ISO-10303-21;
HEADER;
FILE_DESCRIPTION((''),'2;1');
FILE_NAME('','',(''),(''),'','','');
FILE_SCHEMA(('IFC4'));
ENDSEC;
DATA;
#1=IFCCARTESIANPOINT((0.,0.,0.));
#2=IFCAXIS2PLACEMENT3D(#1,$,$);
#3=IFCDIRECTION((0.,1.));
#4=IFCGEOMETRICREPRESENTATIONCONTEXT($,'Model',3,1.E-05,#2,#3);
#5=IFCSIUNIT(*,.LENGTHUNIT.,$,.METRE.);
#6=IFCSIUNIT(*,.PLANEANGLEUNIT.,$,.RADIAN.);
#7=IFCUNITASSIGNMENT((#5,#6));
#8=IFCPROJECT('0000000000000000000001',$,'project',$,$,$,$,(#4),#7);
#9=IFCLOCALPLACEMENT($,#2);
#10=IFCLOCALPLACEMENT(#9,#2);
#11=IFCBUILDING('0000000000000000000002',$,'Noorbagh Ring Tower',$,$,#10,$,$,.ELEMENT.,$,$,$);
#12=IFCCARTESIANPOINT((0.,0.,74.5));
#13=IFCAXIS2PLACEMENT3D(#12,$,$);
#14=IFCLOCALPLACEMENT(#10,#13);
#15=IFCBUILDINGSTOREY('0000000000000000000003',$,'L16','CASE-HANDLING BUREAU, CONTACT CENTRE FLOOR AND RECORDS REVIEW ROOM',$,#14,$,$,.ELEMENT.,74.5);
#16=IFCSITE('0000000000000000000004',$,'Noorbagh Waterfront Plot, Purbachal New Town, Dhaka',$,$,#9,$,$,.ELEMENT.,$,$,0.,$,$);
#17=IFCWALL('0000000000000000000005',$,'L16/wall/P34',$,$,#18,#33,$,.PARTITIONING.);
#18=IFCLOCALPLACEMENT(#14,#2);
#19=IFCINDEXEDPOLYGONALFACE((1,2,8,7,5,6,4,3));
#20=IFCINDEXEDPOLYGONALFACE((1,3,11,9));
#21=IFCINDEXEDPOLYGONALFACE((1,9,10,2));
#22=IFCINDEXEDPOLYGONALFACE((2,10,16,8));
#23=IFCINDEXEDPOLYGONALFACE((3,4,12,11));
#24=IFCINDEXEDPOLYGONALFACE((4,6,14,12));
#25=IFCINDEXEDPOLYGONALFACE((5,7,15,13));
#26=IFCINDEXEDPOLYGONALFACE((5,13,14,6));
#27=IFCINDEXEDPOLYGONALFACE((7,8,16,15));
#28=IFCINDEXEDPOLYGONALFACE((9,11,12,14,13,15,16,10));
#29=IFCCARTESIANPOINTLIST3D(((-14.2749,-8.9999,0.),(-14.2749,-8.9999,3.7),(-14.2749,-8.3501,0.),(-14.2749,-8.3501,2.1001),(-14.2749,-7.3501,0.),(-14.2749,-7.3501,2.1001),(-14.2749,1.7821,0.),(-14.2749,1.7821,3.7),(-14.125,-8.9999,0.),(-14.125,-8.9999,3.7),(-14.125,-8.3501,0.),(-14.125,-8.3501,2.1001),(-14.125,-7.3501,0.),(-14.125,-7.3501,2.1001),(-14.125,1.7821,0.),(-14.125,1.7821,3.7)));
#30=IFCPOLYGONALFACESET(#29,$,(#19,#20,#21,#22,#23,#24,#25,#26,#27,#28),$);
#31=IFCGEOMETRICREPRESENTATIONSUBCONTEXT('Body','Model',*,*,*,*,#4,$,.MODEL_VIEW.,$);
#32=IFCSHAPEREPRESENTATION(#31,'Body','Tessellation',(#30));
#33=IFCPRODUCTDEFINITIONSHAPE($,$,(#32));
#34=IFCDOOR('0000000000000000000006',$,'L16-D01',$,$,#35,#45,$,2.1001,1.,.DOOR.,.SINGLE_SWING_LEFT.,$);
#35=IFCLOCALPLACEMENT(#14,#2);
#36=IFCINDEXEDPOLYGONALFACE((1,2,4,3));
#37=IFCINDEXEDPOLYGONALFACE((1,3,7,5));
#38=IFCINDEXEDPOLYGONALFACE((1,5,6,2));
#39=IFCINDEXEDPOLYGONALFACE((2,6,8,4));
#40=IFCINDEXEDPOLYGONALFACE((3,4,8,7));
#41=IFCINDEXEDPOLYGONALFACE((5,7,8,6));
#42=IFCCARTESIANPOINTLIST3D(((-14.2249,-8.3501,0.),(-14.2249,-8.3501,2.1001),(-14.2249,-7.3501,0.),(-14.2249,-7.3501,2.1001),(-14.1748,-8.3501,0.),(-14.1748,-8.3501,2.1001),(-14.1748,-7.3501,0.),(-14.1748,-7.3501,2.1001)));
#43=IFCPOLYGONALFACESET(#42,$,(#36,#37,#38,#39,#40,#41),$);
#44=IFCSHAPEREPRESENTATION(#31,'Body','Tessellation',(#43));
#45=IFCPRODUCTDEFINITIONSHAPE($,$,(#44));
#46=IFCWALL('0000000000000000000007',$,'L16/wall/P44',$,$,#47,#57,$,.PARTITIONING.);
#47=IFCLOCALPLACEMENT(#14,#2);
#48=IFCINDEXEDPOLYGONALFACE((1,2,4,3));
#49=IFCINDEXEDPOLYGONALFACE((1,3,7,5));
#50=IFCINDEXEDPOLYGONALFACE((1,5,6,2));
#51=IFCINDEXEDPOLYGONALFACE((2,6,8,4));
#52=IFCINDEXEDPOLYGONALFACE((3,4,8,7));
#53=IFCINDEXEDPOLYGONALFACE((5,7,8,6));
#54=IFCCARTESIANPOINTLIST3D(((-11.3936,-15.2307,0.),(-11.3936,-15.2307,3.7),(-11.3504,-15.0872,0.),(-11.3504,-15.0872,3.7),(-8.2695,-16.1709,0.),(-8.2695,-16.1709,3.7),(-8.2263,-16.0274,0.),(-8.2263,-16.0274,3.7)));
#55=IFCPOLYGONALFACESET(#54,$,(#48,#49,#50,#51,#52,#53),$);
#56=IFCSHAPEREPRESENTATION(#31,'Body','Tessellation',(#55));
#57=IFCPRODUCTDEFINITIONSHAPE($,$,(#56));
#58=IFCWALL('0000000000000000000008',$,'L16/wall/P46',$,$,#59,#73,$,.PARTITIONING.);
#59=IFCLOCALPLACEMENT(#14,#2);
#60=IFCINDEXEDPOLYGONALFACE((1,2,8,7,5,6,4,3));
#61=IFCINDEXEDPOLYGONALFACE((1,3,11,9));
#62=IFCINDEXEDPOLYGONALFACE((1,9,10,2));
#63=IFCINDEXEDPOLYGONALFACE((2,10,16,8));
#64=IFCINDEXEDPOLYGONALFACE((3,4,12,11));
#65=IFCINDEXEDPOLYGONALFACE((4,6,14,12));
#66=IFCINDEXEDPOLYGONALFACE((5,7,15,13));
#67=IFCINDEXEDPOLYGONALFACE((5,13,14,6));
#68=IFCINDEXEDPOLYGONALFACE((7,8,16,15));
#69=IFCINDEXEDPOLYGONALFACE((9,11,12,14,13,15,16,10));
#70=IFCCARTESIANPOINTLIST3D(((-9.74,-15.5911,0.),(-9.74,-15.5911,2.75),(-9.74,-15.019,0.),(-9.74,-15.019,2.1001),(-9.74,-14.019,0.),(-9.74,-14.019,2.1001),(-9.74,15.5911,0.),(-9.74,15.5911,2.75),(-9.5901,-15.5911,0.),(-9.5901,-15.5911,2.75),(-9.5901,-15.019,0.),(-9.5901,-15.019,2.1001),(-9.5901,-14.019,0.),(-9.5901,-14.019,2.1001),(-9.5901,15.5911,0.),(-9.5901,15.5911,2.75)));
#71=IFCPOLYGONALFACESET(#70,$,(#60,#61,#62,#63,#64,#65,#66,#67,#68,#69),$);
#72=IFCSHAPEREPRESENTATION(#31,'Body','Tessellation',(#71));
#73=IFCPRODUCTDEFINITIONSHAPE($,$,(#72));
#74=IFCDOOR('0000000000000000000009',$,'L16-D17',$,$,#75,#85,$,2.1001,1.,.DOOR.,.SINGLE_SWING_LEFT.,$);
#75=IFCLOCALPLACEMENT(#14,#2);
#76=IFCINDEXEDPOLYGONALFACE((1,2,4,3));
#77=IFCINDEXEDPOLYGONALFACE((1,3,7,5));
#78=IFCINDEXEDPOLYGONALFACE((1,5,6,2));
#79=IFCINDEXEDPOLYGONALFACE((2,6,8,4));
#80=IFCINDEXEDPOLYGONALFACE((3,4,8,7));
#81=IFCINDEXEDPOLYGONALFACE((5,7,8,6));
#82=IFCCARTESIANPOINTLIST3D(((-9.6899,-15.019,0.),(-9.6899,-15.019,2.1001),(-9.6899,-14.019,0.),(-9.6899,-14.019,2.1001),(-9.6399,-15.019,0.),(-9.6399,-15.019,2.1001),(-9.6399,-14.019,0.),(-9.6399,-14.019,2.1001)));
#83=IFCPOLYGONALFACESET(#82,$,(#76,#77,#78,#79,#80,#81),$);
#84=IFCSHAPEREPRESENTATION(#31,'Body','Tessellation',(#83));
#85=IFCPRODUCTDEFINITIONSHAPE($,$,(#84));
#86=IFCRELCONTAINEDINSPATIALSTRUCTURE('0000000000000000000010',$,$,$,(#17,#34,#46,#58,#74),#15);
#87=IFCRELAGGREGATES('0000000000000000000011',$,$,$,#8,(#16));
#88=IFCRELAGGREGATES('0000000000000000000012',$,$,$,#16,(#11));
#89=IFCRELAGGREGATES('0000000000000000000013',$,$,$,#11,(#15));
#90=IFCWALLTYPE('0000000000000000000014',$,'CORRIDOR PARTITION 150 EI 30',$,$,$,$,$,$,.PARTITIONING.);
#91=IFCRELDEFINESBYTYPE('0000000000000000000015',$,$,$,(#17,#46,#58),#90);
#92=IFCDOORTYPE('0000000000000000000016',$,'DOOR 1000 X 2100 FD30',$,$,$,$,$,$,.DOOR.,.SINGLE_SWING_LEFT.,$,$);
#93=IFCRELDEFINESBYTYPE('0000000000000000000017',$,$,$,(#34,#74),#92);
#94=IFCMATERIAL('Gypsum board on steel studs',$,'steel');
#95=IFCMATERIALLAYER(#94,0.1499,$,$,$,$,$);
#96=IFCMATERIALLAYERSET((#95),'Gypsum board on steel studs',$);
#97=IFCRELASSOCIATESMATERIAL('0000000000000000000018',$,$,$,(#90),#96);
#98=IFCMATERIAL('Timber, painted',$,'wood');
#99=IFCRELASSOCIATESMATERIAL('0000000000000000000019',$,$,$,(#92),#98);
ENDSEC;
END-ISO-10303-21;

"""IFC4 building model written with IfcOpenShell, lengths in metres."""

from ifc_helpers import new_model, si_unit, direction, frame, frame_2d, origin, place, context, subcontext, project, spatial, rectangle, extrude, material, layer, layer_set, type_object, element, fill, save


model = new_model("IFC4")

# Units and contexts
model_context = context("Model", 3, precision=1e-05, world=origin(), true_north=direction((0.0, 1.0)))
body_context = subcontext(model_context, "Body", "Model", "MODEL_VIEW")
ifc_project = project(units=[si_unit("LENGTHUNIT", "METRE"), si_unit("PLANEANGLEUNIT", "RADIAN")], contexts=[model_context])

# Site, building, storey
site_placement = place(None, origin())
site = spatial("IfcSite", under=ifc_project, at=site_placement, Name="Noorbagh Waterfront Plot, Purbachal New Town, Dhaka", CompositionType="ELEMENT", RefElevation=0.0)
building_placement = place(site_placement, origin())
building = spatial("IfcBuilding", under=site, at=building_placement, Name="Noorbagh Ring Tower", CompositionType="ELEMENT")
storey_placement = place(building_placement, frame((0.0, 0.0, 74.5)))
storey = spatial("IfcBuildingStorey", under=building, at=storey_placement, Name="L16", Description="CASE-HANDLING BUREAU, CONTACT CENTRE FLOOR AND RECORDS REVIEW ROOM", CompositionType="ELEMENT", Elevation=74.5)

# Shared definitions
ifc_material_1 = material(Name="Gypsum board on steel studs", Category="steel")
ifc_layer_1 = layer(ifc_material_1, 0.1499)
ifc_layer_set_1 = layer_set([ifc_layer_1], Name="Gypsum board on steel studs")
wall_type_1 = type_object("IfcWallType", Name="CORRIDOR PARTITION 150 EI 30", PredefinedType="PARTITIONING", material=ifc_layer_set_1)

# Shared definitions
ifc_material_2 = material(Name="Timber, painted", Category="wood")
door_type_1 = type_object("IfcDoorType", Name="DOOR 1000 X 2100 FD30", OperationType="SINGLE_SWING_LEFT", PredefinedType="DOOR", material=ifc_material_2)

# Wall, opening, door
wall_1_placement = place(storey_placement, frame((-14.2, -9.0, 0.0), z_axis=(0.0, 0.0, 1.0), x_axis=(0.0, 1.0, 0.0)))
wall_1 = element("IfcWall", 1, at=wall_1_placement, inside=storey, type_object=wall_type_1, Name="L16/wall/P34", PredefinedType="PARTITIONING", context=body_context, shape_type="SweptSolid", body=[
    extrude(rectangle(XDim=10.782, YDim=0.1499, at=frame_2d((5.3911, 0.0))), origin(), (0.0, 0.0, 1.0), 3.7),
])
opening_1_placement = place(wall_1_placement, frame((0.6499, 0.0, 0.0)))
opening_1 = element("IfcOpeningElement", 2, at=opening_1_placement, cuts=wall_1, PredefinedType="OPENING", context=body_context, shape_type="SweptSolid", body=[
    extrude(rectangle(XDim=1.0, YDim=2.1001, at=frame_2d((0.5, 1.05))), frame((0.0, 0.085, 0.0), z_axis=(0.0, -1.0, 0.0), x_axis=(1.0, 0.0, 0.0)), (0.0, 0.0, 1.0), 0.1699),
])
door_1_placement = place(opening_1_placement, origin())
door_1 = element("IfcDoor", 3, at=door_1_placement, inside=storey, type_object=door_type_1, Name="L16-D01", OperationType="SINGLE_SWING_LEFT", OverallHeight=2.1001, OverallWidth=1.0, PredefinedType="DOOR", context=body_context, shape_type="SweptSolid", body=[
    extrude(rectangle(XDim=1.0, YDim=2.1001, at=frame_2d((0.5, 1.05))), frame((0.0, 0.0249, 0.0), z_axis=(0.0, -1.0, 0.0), x_axis=(1.0, 0.0, 0.0)), (0.0, 0.0, 1.0), 0.05),
])
fill(opening_1, door_1)

# Wall
wall_2_placement = place(storey_placement, frame((-11.3721, -15.1589, 0.0), z_axis=(0.0, 0.0, 1.0), x_axis=(0.957575, -0.288185, 0.0)))
element("IfcWall", 4, at=wall_2_placement, inside=storey, type_object=wall_type_1, Name="L16/wall/P44", PredefinedType="PARTITIONING", context=body_context, shape_type="SweptSolid", body=[
    extrude(rectangle(XDim=3.2625, YDim=0.1499, at=frame_2d((1.6313, 0.0))), origin(), (0.0, 0.0, 1.0), 3.7),
])

# Wall, opening, door
wall_3_placement = place(storey_placement, frame((-9.665, -15.5911, 0.0), z_axis=(0.0, 0.0, 1.0), x_axis=(0.0, 1.0, 0.0)))
wall_3 = element("IfcWall", 5, at=wall_3_placement, inside=storey, type_object=wall_type_1, Name="L16/wall/P46", PredefinedType="PARTITIONING", context=body_context, shape_type="SweptSolid", body=[
    extrude(rectangle(XDim=31.1821, YDim=0.1499, at=frame_2d((15.5911, 0.0))), origin(), (0.0, 0.0, 1.0), 2.75),
])
opening_2_placement = place(wall_3_placement, frame((0.572, 0.0, 0.0)))
opening_2 = element("IfcOpeningElement", 6, at=opening_2_placement, cuts=wall_3, PredefinedType="OPENING", context=body_context, shape_type="SweptSolid", body=[
    extrude(rectangle(XDim=1.0, YDim=2.1001, at=frame_2d((0.5, 1.05))), frame((0.0, 0.085, 0.0), z_axis=(0.0, -1.0, 0.0), x_axis=(1.0, 0.0, 0.0)), (0.0, 0.0, 1.0), 0.1699),
])
door_2_placement = place(opening_2_placement, origin())
door_2 = element("IfcDoor", 7, at=door_2_placement, inside=storey, type_object=door_type_1, Name="L16-D17", OperationType="SINGLE_SWING_LEFT", OverallHeight=2.1001, OverallWidth=1.0, PredefinedType="DOOR", context=body_context, shape_type="SweptSolid", body=[
    extrude(rectangle(XDim=1.0, YDim=2.1001, at=frame_2d((0.5, 1.05))), frame((0.0, 0.0249, 0.0), z_axis=(0.0, -1.0, 0.0), x_axis=(1.0, 0.0, 0.0)), (0.0, 0.0, 1.0), 0.05),
])
fill(opening_2, door_2)

save(model, "model.ifc")
